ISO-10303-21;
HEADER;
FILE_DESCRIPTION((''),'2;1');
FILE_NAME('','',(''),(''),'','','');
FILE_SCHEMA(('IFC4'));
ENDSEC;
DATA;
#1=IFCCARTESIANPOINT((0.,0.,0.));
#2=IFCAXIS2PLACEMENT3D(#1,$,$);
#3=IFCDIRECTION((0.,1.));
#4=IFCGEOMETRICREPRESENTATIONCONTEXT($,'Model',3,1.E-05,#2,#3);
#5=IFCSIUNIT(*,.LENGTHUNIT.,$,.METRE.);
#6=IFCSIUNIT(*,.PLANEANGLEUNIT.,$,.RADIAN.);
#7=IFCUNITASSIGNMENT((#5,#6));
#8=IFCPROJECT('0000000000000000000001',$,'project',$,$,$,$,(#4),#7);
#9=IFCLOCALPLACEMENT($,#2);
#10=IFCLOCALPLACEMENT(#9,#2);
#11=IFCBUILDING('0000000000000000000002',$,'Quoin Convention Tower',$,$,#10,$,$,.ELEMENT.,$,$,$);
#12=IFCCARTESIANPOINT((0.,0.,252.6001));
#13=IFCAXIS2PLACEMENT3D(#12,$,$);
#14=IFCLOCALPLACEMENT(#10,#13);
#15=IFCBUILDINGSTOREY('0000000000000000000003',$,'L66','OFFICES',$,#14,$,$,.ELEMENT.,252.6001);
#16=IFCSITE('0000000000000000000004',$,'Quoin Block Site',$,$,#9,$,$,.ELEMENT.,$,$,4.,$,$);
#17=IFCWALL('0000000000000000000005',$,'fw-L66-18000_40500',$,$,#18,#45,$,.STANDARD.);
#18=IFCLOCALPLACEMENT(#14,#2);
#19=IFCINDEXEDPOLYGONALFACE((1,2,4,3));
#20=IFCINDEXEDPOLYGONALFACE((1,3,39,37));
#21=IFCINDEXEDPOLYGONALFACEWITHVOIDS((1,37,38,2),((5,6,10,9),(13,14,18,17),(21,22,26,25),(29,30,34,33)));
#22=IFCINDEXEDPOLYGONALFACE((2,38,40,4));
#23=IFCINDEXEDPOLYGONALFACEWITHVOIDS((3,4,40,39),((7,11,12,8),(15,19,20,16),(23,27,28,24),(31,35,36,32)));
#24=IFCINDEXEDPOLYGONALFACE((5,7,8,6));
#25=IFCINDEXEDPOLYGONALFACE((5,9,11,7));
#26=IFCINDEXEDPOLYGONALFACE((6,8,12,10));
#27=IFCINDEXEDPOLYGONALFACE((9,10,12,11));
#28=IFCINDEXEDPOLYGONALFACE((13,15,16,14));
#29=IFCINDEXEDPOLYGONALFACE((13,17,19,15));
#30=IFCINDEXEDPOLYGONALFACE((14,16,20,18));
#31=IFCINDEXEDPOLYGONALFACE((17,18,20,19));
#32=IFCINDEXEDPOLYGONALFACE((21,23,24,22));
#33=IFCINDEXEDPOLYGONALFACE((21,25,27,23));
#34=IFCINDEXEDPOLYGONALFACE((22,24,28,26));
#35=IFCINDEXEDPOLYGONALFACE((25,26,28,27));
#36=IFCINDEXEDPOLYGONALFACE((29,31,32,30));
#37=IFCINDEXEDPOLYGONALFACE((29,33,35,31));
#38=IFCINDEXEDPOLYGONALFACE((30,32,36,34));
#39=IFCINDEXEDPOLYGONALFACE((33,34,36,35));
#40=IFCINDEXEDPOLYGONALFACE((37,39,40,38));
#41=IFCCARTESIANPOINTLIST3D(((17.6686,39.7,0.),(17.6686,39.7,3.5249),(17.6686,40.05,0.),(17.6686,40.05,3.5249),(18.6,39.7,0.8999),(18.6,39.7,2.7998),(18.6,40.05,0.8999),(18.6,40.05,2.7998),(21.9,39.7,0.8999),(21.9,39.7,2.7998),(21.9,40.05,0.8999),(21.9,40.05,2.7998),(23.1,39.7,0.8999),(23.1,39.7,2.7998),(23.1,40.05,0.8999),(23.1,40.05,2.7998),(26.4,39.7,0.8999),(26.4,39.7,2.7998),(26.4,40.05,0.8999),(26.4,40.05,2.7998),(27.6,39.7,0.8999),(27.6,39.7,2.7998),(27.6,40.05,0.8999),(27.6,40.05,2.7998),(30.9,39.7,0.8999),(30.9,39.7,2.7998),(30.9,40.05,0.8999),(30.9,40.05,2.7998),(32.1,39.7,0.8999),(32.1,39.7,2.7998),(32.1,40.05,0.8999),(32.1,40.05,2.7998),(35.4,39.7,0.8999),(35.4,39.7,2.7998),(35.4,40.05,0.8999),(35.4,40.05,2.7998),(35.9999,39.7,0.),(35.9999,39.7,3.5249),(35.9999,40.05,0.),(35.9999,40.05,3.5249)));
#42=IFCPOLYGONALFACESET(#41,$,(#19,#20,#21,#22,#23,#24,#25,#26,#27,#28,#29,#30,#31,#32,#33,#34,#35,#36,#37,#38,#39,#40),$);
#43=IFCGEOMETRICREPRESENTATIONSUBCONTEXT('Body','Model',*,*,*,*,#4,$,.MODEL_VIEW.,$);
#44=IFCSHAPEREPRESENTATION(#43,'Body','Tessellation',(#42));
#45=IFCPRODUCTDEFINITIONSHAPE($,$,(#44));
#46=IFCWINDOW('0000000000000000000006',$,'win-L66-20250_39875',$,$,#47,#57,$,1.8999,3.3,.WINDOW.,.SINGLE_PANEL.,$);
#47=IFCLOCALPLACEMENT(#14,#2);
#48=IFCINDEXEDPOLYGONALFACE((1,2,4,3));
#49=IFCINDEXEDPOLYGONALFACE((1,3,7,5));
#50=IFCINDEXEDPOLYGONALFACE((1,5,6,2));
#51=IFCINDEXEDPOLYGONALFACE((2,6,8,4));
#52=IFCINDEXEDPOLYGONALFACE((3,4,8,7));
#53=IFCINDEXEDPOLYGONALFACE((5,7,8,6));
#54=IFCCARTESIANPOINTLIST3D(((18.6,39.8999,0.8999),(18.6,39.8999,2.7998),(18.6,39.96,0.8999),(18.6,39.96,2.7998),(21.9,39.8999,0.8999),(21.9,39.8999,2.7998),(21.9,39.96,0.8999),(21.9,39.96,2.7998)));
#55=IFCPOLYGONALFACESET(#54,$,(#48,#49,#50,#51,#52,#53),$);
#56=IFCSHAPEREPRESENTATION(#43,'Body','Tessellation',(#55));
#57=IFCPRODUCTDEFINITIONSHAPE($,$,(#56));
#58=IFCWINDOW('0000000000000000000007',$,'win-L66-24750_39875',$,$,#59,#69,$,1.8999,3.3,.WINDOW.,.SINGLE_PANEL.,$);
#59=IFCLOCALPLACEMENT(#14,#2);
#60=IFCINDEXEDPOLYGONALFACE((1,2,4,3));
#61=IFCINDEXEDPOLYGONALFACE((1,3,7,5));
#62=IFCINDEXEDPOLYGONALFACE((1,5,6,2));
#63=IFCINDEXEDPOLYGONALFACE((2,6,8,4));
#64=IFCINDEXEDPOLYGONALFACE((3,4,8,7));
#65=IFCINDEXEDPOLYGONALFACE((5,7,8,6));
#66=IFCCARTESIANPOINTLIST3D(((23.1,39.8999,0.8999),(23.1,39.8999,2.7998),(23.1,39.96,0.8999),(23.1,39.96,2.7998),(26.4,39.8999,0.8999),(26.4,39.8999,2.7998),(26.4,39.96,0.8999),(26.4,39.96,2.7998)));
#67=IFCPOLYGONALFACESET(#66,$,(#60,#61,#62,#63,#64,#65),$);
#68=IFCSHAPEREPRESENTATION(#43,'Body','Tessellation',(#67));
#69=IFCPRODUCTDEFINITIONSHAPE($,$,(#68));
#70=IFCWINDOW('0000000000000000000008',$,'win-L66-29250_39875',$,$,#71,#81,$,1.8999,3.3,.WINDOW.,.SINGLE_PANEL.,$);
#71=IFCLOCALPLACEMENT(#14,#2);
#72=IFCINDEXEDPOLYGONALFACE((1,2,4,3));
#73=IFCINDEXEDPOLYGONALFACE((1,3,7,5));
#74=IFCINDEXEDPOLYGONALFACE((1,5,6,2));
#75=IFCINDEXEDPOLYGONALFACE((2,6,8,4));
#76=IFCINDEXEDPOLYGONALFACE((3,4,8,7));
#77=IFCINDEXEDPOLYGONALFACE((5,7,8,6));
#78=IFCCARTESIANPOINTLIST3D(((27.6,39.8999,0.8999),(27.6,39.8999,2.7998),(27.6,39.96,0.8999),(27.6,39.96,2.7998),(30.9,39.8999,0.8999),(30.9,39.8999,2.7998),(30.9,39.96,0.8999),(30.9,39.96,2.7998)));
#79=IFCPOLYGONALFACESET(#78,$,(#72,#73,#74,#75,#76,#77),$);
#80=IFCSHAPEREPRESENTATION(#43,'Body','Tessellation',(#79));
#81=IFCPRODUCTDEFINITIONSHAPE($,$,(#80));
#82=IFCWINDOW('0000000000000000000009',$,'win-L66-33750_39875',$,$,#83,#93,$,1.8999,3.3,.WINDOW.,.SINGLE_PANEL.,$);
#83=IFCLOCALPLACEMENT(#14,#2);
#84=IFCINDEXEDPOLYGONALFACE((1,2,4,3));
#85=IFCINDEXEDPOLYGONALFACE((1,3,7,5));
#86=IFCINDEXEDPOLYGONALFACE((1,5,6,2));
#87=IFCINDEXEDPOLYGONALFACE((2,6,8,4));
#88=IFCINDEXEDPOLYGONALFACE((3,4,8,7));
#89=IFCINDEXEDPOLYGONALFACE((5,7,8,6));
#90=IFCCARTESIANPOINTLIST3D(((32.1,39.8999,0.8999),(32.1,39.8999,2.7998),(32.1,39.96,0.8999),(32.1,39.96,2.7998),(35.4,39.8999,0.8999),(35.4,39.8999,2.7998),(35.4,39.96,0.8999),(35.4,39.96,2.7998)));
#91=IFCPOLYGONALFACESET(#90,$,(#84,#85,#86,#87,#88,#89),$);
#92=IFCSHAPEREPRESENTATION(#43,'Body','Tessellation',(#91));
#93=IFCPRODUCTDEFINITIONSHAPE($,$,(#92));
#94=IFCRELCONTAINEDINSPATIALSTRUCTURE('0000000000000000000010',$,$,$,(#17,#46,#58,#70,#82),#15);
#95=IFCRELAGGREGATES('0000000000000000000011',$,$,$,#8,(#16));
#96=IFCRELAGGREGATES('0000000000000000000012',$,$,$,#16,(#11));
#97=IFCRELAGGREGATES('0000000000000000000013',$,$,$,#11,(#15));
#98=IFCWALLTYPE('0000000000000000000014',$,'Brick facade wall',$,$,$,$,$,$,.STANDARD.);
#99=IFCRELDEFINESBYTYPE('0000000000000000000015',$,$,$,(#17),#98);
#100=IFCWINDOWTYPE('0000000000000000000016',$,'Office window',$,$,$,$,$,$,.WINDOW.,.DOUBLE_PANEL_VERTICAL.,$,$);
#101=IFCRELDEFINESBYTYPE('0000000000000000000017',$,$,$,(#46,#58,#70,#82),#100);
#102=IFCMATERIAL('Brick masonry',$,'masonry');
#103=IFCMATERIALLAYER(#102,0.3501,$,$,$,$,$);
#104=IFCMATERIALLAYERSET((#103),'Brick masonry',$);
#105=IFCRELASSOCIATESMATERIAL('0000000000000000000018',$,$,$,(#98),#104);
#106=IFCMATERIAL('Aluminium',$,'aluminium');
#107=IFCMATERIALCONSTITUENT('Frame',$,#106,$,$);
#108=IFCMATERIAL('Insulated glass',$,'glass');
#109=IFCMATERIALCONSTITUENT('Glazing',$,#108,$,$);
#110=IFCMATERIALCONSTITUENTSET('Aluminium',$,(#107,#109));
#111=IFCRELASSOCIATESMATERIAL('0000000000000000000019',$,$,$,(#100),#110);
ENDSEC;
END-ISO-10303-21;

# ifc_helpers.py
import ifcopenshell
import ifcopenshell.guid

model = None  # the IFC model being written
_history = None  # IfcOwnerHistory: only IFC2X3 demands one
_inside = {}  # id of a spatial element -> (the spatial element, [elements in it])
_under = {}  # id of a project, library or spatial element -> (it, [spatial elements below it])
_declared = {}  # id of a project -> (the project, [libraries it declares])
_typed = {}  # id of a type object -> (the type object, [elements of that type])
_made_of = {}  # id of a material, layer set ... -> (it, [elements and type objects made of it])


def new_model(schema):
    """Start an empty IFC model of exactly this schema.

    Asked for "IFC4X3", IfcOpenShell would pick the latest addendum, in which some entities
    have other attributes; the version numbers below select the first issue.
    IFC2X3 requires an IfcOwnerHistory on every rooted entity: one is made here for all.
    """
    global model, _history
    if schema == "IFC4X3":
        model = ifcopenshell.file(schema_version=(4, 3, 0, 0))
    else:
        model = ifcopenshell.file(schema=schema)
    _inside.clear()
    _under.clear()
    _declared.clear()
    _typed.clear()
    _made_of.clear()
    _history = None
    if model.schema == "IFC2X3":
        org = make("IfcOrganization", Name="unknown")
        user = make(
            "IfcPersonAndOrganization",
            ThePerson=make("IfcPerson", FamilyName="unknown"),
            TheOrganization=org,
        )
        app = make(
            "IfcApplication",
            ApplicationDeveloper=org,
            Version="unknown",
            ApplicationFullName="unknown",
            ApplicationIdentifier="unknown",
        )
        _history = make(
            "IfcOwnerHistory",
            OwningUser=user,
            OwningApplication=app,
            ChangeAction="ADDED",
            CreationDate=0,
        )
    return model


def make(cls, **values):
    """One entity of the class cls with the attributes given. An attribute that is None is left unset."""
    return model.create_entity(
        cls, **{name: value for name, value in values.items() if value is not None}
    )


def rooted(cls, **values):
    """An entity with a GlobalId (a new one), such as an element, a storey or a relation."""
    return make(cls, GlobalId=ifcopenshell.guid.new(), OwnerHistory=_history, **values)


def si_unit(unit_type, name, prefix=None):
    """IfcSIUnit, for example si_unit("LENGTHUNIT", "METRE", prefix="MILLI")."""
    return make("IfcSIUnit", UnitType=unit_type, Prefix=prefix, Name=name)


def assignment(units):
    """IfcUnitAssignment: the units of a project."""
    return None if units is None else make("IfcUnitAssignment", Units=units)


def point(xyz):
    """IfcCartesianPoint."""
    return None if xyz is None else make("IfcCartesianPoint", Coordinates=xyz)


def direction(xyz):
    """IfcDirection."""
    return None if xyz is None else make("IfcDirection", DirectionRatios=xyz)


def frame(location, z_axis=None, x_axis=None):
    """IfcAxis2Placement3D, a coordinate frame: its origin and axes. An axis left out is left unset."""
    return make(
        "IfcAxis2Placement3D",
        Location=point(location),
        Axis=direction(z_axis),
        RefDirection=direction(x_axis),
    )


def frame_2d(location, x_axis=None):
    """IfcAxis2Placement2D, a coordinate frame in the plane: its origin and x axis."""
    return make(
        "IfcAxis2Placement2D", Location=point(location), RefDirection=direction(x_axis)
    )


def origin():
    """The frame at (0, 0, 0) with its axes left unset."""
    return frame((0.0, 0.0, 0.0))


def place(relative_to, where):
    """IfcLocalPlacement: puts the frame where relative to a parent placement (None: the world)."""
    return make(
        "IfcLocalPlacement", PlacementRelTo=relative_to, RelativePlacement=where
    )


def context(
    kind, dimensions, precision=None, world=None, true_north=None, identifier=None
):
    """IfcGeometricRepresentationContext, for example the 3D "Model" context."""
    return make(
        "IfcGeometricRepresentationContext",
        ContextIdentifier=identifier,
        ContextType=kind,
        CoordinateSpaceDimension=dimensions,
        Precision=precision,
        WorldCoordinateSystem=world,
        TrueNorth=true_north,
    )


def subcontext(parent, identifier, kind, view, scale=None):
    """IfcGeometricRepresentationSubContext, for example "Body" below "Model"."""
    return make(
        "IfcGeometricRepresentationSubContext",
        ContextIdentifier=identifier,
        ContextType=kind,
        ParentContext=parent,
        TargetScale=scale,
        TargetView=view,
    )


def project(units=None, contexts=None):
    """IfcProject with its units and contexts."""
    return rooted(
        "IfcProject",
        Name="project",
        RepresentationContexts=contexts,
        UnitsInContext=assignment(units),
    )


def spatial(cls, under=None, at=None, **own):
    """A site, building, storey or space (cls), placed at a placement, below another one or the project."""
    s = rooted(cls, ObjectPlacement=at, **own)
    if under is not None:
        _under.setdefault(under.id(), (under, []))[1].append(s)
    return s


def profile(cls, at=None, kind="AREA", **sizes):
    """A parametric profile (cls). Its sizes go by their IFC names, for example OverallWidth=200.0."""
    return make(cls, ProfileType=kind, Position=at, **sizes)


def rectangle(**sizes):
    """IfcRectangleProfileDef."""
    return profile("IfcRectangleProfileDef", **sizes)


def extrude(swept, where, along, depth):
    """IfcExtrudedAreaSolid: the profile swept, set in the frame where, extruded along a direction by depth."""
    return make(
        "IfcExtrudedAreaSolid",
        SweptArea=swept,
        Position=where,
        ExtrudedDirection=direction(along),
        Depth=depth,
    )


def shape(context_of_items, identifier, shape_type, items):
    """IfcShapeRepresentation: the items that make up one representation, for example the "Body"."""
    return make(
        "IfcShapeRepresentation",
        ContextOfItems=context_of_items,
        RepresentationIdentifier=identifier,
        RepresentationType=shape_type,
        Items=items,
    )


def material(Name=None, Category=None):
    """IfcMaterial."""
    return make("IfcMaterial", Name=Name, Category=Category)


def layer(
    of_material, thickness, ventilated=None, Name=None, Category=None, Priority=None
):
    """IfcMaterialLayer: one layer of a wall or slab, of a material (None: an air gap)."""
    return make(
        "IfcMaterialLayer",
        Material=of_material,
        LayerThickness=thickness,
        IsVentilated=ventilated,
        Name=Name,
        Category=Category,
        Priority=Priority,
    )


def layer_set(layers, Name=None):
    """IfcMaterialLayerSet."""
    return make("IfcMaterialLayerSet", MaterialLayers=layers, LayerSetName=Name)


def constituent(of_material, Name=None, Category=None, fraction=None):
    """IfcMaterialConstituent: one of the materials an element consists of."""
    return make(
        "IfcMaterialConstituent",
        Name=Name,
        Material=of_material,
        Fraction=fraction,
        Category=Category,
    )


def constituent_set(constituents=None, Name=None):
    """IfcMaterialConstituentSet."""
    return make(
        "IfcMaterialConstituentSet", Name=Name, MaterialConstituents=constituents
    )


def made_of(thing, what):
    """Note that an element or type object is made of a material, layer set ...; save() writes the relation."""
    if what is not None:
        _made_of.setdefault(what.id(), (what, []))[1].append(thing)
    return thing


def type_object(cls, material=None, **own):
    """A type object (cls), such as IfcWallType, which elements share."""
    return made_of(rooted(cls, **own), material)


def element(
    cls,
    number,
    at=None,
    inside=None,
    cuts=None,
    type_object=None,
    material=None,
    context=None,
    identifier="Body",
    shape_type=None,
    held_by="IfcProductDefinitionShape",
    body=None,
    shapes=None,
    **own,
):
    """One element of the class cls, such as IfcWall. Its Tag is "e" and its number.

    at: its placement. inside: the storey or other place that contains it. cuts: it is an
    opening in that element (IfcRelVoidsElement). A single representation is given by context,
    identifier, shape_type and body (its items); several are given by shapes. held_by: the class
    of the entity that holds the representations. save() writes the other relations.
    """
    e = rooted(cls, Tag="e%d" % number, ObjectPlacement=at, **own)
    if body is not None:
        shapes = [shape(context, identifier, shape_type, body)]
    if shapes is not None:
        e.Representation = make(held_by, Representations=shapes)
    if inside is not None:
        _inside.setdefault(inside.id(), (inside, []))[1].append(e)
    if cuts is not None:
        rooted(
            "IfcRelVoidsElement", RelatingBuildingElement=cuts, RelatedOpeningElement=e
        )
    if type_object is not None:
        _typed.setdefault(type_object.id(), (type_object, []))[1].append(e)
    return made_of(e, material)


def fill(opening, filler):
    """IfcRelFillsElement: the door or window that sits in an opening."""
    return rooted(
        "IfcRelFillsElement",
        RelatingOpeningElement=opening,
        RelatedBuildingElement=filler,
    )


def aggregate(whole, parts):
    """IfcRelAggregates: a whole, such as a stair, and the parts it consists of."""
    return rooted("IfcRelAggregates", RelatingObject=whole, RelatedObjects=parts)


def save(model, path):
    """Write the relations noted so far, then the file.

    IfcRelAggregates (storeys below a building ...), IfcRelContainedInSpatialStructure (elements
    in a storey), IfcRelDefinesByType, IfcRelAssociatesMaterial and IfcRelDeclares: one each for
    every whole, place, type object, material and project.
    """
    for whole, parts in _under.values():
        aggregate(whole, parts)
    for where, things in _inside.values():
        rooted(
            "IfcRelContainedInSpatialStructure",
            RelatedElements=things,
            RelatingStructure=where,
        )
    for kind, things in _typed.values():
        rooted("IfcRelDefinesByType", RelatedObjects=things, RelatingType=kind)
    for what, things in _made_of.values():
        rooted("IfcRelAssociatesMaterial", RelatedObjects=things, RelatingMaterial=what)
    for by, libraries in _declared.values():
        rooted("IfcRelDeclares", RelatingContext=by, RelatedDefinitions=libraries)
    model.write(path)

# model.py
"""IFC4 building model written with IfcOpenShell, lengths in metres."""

from ifc_helpers import new_model, si_unit, direction, frame, frame_2d, origin, place, context, subcontext, project, spatial, rectangle, extrude, material, layer, layer_set, constituent, constituent_set, type_object, element, fill, save


model = new_model("IFC4")

# Units and contexts
model_context = context("Model", 3, precision=1e-05, world=origin(), true_north=direction((0.0, 1.0)))
body_context = subcontext(model_context, "Body", "Model", "MODEL_VIEW")
ifc_project = project(units=[si_unit("LENGTHUNIT", "METRE"), si_unit("PLANEANGLEUNIT", "RADIAN")], contexts=[model_context])

# Site, building, storey
site_placement = place(None, origin())
site = spatial("IfcSite", under=ifc_project, at=site_placement, Name="Quoin Block Site", CompositionType="ELEMENT", RefElevation=4.0)
building_placement = place(site_placement, origin())
building = spatial("IfcBuilding", under=site, at=building_placement, Name="Quoin Convention Tower", CompositionType="ELEMENT")
storey_placement = place(building_placement, frame((0.0, 0.0, 252.6001)))
storey = spatial("IfcBuildingStorey", under=building, at=storey_placement, Name="L66", Description="OFFICES", CompositionType="ELEMENT", Elevation=252.6001)

# Wall, openings, windows
ifc_material_1 = material(Name="Brick masonry", Category="masonry")
ifc_layer_1 = layer(ifc_material_1, 0.3501)
ifc_layer_set_1 = layer_set([ifc_layer_1], Name="Brick masonry")
wall_type = type_object("IfcWallType", Name="Brick facade wall", PredefinedType="STANDARD", material=ifc_layer_set_1)
ifc_material_2 = material(Name="Aluminium", Category="aluminium")
ifc_constituent_1 = constituent(ifc_material_2, Name="Frame")
ifc_material_3 = material(Name="Insulated glass", Category="glass")
ifc_constituent_2 = constituent(ifc_material_3, Name="Glazing")
ifc_constituent_set = constituent_set(constituents=[ifc_constituent_1, ifc_constituent_2], Name="Aluminium")
window_type = type_object("IfcWindowType", Name="Office window", PartitioningType="DOUBLE_PANEL_VERTICAL", PredefinedType="WINDOW", material=ifc_constituent_set)
wall_1_placement = place(storey_placement, frame((17.6687, 39.875, 0.0), z_axis=(0.0, 0.0, 1.0), x_axis=(1.0, 0.0, 0.0)))
wall_1 = element("IfcWall", 1, at=wall_1_placement, inside=storey, type_object=wall_type, Name="fw-L66-18000_40500", PredefinedType="STANDARD", context=body_context, shape_type="SweptSolid", body=[
    extrude(rectangle(XDim=18.3313, YDim=0.3501, at=frame_2d((9.1655, 0.0))), origin(), (0.0, 0.0, 1.0), 3.5249),
])
opening_1_placement = place(wall_1_placement, frame((0.9314, 0.0, 0.8999)))
opening_1 = element("IfcOpeningElement", 2, at=opening_1_placement, cuts=wall_1, PredefinedType="OPENING", context=body_context, shape_type="SweptSolid", body=[
    extrude(rectangle(XDim=3.3, YDim=1.8999, at=frame_2d((1.6499, 0.95))), frame((0.0, 0.1851, 0.0), z_axis=(0.0, -1.0, 0.0), x_axis=(1.0, 0.0, 0.0)), (0.0, 0.0, 1.0), 0.3701),
])
opening_2_placement = place(wall_1_placement, frame((5.4314, 0.0, 0.8999)))
opening_2 = element("IfcOpeningElement", 3, at=opening_2_placement, cuts=wall_1, PredefinedType="OPENING", context=body_context, shape_type="SweptSolid", body=[
    extrude(rectangle(XDim=3.3, YDim=1.8999, at=frame_2d((1.6499, 0.95))), frame((0.0, 0.1851, 0.0), z_axis=(0.0, -1.0, 0.0), x_axis=(1.0, 0.0, 0.0)), (0.0, 0.0, 1.0), 0.3701),
])
opening_3_placement = place(wall_1_placement, frame((9.9314, 0.0, 0.8999)))
opening_3 = element("IfcOpeningElement", 4, at=opening_3_placement, cuts=wall_1, PredefinedType="OPENING", context=body_context, shape_type="SweptSolid", body=[
    extrude(rectangle(XDim=3.3, YDim=1.8999, at=frame_2d((1.6499, 0.95))), frame((0.0, 0.1851, 0.0), z_axis=(0.0, -1.0, 0.0), x_axis=(1.0, 0.0, 0.0)), (0.0, 0.0, 1.0), 0.3701),
])
opening_4_placement = place(wall_1_placement, frame((14.4314, 0.0, 0.8999)))
opening_4 = element("IfcOpeningElement", 5, at=opening_4_placement, cuts=wall_1, PredefinedType="OPENING", context=body_context, shape_type="SweptSolid", body=[
    extrude(rectangle(XDim=3.3, YDim=1.8999, at=frame_2d((1.6499, 0.95))), frame((0.0, 0.1851, 0.0), z_axis=(0.0, -1.0, 0.0), x_axis=(1.0, 0.0, 0.0)), (0.0, 0.0, 1.0), 0.3701),
])
window_1_placement = place(opening_1_placement, origin())
window_1 = element("IfcWindow", 6, at=window_1_placement, inside=storey, type_object=window_type, Name="win-L66-20250_39875", OverallHeight=1.8999, OverallWidth=3.3, PartitioningType="SINGLE_PANEL", PredefinedType="WINDOW", context=body_context, shape_type="SweptSolid", body=[
    extrude(rectangle(XDim=3.3, YDim=1.8999, at=frame_2d((1.6499, 0.95))), frame((0.0, 0.085, 0.0), z_axis=(0.0, -1.0, 0.0), x_axis=(1.0, 0.0, 0.0)), (0.0, 0.0, 1.0), 0.0601),
])
fill(opening_1, window_1)
window_2_placement = place(opening_2_placement, origin())
window_2 = element("IfcWindow", 7, at=window_2_placement, inside=storey, type_object=window_type, Name="win-L66-24750_39875", OverallHeight=1.8999, OverallWidth=3.3, PartitioningType="SINGLE_PANEL", PredefinedType="WINDOW", context=body_context, shape_type="SweptSolid", body=[
    extrude(rectangle(XDim=3.3, YDim=1.8999, at=frame_2d((1.6499, 0.95))), frame((0.0, 0.085, 0.0), z_axis=(0.0, -1.0, 0.0), x_axis=(1.0, 0.0, 0.0)), (0.0, 0.0, 1.0), 0.0601),
])
fill(opening_2, window_2)
window_3_placement = place(opening_3_placement, origin())
window_3 = element("IfcWindow", 8, at=window_3_placement, inside=storey, type_object=window_type, Name="win-L66-29250_39875", OverallHeight=1.8999, OverallWidth=3.3, PartitioningType="SINGLE_PANEL", PredefinedType="WINDOW", context=body_context, shape_type="SweptSolid", body=[
    extrude(rectangle(XDim=3.3, YDim=1.8999, at=frame_2d((1.6499, 0.95))), frame((0.0, 0.085, 0.0), z_axis=(0.0, -1.0, 0.0), x_axis=(1.0, 0.0, 0.0)), (0.0, 0.0, 1.0), 0.0601),
])
fill(opening_3, window_3)
window_4_placement = place(opening_4_placement, origin())
window_4 = element("IfcWindow", 9, at=window_4_placement, inside=storey, type_object=window_type, Name="win-L66-33750_39875", OverallHeight=1.8999, OverallWidth=3.3, PartitioningType="SINGLE_PANEL", PredefinedType="WINDOW", context=body_context, shape_type="SweptSolid", body=[
    extrude(rectangle(XDim=3.3, YDim=1.8999, at=frame_2d((1.6499, 0.95))), frame((0.0, 0.085, 0.0), z_axis=(0.0, -1.0, 0.0), x_axis=(1.0, 0.0, 0.0)), (0.0, 0.0, 1.0), 0.0601),
])
fill(opening_4, window_4)

save(model, "model.ifc")
